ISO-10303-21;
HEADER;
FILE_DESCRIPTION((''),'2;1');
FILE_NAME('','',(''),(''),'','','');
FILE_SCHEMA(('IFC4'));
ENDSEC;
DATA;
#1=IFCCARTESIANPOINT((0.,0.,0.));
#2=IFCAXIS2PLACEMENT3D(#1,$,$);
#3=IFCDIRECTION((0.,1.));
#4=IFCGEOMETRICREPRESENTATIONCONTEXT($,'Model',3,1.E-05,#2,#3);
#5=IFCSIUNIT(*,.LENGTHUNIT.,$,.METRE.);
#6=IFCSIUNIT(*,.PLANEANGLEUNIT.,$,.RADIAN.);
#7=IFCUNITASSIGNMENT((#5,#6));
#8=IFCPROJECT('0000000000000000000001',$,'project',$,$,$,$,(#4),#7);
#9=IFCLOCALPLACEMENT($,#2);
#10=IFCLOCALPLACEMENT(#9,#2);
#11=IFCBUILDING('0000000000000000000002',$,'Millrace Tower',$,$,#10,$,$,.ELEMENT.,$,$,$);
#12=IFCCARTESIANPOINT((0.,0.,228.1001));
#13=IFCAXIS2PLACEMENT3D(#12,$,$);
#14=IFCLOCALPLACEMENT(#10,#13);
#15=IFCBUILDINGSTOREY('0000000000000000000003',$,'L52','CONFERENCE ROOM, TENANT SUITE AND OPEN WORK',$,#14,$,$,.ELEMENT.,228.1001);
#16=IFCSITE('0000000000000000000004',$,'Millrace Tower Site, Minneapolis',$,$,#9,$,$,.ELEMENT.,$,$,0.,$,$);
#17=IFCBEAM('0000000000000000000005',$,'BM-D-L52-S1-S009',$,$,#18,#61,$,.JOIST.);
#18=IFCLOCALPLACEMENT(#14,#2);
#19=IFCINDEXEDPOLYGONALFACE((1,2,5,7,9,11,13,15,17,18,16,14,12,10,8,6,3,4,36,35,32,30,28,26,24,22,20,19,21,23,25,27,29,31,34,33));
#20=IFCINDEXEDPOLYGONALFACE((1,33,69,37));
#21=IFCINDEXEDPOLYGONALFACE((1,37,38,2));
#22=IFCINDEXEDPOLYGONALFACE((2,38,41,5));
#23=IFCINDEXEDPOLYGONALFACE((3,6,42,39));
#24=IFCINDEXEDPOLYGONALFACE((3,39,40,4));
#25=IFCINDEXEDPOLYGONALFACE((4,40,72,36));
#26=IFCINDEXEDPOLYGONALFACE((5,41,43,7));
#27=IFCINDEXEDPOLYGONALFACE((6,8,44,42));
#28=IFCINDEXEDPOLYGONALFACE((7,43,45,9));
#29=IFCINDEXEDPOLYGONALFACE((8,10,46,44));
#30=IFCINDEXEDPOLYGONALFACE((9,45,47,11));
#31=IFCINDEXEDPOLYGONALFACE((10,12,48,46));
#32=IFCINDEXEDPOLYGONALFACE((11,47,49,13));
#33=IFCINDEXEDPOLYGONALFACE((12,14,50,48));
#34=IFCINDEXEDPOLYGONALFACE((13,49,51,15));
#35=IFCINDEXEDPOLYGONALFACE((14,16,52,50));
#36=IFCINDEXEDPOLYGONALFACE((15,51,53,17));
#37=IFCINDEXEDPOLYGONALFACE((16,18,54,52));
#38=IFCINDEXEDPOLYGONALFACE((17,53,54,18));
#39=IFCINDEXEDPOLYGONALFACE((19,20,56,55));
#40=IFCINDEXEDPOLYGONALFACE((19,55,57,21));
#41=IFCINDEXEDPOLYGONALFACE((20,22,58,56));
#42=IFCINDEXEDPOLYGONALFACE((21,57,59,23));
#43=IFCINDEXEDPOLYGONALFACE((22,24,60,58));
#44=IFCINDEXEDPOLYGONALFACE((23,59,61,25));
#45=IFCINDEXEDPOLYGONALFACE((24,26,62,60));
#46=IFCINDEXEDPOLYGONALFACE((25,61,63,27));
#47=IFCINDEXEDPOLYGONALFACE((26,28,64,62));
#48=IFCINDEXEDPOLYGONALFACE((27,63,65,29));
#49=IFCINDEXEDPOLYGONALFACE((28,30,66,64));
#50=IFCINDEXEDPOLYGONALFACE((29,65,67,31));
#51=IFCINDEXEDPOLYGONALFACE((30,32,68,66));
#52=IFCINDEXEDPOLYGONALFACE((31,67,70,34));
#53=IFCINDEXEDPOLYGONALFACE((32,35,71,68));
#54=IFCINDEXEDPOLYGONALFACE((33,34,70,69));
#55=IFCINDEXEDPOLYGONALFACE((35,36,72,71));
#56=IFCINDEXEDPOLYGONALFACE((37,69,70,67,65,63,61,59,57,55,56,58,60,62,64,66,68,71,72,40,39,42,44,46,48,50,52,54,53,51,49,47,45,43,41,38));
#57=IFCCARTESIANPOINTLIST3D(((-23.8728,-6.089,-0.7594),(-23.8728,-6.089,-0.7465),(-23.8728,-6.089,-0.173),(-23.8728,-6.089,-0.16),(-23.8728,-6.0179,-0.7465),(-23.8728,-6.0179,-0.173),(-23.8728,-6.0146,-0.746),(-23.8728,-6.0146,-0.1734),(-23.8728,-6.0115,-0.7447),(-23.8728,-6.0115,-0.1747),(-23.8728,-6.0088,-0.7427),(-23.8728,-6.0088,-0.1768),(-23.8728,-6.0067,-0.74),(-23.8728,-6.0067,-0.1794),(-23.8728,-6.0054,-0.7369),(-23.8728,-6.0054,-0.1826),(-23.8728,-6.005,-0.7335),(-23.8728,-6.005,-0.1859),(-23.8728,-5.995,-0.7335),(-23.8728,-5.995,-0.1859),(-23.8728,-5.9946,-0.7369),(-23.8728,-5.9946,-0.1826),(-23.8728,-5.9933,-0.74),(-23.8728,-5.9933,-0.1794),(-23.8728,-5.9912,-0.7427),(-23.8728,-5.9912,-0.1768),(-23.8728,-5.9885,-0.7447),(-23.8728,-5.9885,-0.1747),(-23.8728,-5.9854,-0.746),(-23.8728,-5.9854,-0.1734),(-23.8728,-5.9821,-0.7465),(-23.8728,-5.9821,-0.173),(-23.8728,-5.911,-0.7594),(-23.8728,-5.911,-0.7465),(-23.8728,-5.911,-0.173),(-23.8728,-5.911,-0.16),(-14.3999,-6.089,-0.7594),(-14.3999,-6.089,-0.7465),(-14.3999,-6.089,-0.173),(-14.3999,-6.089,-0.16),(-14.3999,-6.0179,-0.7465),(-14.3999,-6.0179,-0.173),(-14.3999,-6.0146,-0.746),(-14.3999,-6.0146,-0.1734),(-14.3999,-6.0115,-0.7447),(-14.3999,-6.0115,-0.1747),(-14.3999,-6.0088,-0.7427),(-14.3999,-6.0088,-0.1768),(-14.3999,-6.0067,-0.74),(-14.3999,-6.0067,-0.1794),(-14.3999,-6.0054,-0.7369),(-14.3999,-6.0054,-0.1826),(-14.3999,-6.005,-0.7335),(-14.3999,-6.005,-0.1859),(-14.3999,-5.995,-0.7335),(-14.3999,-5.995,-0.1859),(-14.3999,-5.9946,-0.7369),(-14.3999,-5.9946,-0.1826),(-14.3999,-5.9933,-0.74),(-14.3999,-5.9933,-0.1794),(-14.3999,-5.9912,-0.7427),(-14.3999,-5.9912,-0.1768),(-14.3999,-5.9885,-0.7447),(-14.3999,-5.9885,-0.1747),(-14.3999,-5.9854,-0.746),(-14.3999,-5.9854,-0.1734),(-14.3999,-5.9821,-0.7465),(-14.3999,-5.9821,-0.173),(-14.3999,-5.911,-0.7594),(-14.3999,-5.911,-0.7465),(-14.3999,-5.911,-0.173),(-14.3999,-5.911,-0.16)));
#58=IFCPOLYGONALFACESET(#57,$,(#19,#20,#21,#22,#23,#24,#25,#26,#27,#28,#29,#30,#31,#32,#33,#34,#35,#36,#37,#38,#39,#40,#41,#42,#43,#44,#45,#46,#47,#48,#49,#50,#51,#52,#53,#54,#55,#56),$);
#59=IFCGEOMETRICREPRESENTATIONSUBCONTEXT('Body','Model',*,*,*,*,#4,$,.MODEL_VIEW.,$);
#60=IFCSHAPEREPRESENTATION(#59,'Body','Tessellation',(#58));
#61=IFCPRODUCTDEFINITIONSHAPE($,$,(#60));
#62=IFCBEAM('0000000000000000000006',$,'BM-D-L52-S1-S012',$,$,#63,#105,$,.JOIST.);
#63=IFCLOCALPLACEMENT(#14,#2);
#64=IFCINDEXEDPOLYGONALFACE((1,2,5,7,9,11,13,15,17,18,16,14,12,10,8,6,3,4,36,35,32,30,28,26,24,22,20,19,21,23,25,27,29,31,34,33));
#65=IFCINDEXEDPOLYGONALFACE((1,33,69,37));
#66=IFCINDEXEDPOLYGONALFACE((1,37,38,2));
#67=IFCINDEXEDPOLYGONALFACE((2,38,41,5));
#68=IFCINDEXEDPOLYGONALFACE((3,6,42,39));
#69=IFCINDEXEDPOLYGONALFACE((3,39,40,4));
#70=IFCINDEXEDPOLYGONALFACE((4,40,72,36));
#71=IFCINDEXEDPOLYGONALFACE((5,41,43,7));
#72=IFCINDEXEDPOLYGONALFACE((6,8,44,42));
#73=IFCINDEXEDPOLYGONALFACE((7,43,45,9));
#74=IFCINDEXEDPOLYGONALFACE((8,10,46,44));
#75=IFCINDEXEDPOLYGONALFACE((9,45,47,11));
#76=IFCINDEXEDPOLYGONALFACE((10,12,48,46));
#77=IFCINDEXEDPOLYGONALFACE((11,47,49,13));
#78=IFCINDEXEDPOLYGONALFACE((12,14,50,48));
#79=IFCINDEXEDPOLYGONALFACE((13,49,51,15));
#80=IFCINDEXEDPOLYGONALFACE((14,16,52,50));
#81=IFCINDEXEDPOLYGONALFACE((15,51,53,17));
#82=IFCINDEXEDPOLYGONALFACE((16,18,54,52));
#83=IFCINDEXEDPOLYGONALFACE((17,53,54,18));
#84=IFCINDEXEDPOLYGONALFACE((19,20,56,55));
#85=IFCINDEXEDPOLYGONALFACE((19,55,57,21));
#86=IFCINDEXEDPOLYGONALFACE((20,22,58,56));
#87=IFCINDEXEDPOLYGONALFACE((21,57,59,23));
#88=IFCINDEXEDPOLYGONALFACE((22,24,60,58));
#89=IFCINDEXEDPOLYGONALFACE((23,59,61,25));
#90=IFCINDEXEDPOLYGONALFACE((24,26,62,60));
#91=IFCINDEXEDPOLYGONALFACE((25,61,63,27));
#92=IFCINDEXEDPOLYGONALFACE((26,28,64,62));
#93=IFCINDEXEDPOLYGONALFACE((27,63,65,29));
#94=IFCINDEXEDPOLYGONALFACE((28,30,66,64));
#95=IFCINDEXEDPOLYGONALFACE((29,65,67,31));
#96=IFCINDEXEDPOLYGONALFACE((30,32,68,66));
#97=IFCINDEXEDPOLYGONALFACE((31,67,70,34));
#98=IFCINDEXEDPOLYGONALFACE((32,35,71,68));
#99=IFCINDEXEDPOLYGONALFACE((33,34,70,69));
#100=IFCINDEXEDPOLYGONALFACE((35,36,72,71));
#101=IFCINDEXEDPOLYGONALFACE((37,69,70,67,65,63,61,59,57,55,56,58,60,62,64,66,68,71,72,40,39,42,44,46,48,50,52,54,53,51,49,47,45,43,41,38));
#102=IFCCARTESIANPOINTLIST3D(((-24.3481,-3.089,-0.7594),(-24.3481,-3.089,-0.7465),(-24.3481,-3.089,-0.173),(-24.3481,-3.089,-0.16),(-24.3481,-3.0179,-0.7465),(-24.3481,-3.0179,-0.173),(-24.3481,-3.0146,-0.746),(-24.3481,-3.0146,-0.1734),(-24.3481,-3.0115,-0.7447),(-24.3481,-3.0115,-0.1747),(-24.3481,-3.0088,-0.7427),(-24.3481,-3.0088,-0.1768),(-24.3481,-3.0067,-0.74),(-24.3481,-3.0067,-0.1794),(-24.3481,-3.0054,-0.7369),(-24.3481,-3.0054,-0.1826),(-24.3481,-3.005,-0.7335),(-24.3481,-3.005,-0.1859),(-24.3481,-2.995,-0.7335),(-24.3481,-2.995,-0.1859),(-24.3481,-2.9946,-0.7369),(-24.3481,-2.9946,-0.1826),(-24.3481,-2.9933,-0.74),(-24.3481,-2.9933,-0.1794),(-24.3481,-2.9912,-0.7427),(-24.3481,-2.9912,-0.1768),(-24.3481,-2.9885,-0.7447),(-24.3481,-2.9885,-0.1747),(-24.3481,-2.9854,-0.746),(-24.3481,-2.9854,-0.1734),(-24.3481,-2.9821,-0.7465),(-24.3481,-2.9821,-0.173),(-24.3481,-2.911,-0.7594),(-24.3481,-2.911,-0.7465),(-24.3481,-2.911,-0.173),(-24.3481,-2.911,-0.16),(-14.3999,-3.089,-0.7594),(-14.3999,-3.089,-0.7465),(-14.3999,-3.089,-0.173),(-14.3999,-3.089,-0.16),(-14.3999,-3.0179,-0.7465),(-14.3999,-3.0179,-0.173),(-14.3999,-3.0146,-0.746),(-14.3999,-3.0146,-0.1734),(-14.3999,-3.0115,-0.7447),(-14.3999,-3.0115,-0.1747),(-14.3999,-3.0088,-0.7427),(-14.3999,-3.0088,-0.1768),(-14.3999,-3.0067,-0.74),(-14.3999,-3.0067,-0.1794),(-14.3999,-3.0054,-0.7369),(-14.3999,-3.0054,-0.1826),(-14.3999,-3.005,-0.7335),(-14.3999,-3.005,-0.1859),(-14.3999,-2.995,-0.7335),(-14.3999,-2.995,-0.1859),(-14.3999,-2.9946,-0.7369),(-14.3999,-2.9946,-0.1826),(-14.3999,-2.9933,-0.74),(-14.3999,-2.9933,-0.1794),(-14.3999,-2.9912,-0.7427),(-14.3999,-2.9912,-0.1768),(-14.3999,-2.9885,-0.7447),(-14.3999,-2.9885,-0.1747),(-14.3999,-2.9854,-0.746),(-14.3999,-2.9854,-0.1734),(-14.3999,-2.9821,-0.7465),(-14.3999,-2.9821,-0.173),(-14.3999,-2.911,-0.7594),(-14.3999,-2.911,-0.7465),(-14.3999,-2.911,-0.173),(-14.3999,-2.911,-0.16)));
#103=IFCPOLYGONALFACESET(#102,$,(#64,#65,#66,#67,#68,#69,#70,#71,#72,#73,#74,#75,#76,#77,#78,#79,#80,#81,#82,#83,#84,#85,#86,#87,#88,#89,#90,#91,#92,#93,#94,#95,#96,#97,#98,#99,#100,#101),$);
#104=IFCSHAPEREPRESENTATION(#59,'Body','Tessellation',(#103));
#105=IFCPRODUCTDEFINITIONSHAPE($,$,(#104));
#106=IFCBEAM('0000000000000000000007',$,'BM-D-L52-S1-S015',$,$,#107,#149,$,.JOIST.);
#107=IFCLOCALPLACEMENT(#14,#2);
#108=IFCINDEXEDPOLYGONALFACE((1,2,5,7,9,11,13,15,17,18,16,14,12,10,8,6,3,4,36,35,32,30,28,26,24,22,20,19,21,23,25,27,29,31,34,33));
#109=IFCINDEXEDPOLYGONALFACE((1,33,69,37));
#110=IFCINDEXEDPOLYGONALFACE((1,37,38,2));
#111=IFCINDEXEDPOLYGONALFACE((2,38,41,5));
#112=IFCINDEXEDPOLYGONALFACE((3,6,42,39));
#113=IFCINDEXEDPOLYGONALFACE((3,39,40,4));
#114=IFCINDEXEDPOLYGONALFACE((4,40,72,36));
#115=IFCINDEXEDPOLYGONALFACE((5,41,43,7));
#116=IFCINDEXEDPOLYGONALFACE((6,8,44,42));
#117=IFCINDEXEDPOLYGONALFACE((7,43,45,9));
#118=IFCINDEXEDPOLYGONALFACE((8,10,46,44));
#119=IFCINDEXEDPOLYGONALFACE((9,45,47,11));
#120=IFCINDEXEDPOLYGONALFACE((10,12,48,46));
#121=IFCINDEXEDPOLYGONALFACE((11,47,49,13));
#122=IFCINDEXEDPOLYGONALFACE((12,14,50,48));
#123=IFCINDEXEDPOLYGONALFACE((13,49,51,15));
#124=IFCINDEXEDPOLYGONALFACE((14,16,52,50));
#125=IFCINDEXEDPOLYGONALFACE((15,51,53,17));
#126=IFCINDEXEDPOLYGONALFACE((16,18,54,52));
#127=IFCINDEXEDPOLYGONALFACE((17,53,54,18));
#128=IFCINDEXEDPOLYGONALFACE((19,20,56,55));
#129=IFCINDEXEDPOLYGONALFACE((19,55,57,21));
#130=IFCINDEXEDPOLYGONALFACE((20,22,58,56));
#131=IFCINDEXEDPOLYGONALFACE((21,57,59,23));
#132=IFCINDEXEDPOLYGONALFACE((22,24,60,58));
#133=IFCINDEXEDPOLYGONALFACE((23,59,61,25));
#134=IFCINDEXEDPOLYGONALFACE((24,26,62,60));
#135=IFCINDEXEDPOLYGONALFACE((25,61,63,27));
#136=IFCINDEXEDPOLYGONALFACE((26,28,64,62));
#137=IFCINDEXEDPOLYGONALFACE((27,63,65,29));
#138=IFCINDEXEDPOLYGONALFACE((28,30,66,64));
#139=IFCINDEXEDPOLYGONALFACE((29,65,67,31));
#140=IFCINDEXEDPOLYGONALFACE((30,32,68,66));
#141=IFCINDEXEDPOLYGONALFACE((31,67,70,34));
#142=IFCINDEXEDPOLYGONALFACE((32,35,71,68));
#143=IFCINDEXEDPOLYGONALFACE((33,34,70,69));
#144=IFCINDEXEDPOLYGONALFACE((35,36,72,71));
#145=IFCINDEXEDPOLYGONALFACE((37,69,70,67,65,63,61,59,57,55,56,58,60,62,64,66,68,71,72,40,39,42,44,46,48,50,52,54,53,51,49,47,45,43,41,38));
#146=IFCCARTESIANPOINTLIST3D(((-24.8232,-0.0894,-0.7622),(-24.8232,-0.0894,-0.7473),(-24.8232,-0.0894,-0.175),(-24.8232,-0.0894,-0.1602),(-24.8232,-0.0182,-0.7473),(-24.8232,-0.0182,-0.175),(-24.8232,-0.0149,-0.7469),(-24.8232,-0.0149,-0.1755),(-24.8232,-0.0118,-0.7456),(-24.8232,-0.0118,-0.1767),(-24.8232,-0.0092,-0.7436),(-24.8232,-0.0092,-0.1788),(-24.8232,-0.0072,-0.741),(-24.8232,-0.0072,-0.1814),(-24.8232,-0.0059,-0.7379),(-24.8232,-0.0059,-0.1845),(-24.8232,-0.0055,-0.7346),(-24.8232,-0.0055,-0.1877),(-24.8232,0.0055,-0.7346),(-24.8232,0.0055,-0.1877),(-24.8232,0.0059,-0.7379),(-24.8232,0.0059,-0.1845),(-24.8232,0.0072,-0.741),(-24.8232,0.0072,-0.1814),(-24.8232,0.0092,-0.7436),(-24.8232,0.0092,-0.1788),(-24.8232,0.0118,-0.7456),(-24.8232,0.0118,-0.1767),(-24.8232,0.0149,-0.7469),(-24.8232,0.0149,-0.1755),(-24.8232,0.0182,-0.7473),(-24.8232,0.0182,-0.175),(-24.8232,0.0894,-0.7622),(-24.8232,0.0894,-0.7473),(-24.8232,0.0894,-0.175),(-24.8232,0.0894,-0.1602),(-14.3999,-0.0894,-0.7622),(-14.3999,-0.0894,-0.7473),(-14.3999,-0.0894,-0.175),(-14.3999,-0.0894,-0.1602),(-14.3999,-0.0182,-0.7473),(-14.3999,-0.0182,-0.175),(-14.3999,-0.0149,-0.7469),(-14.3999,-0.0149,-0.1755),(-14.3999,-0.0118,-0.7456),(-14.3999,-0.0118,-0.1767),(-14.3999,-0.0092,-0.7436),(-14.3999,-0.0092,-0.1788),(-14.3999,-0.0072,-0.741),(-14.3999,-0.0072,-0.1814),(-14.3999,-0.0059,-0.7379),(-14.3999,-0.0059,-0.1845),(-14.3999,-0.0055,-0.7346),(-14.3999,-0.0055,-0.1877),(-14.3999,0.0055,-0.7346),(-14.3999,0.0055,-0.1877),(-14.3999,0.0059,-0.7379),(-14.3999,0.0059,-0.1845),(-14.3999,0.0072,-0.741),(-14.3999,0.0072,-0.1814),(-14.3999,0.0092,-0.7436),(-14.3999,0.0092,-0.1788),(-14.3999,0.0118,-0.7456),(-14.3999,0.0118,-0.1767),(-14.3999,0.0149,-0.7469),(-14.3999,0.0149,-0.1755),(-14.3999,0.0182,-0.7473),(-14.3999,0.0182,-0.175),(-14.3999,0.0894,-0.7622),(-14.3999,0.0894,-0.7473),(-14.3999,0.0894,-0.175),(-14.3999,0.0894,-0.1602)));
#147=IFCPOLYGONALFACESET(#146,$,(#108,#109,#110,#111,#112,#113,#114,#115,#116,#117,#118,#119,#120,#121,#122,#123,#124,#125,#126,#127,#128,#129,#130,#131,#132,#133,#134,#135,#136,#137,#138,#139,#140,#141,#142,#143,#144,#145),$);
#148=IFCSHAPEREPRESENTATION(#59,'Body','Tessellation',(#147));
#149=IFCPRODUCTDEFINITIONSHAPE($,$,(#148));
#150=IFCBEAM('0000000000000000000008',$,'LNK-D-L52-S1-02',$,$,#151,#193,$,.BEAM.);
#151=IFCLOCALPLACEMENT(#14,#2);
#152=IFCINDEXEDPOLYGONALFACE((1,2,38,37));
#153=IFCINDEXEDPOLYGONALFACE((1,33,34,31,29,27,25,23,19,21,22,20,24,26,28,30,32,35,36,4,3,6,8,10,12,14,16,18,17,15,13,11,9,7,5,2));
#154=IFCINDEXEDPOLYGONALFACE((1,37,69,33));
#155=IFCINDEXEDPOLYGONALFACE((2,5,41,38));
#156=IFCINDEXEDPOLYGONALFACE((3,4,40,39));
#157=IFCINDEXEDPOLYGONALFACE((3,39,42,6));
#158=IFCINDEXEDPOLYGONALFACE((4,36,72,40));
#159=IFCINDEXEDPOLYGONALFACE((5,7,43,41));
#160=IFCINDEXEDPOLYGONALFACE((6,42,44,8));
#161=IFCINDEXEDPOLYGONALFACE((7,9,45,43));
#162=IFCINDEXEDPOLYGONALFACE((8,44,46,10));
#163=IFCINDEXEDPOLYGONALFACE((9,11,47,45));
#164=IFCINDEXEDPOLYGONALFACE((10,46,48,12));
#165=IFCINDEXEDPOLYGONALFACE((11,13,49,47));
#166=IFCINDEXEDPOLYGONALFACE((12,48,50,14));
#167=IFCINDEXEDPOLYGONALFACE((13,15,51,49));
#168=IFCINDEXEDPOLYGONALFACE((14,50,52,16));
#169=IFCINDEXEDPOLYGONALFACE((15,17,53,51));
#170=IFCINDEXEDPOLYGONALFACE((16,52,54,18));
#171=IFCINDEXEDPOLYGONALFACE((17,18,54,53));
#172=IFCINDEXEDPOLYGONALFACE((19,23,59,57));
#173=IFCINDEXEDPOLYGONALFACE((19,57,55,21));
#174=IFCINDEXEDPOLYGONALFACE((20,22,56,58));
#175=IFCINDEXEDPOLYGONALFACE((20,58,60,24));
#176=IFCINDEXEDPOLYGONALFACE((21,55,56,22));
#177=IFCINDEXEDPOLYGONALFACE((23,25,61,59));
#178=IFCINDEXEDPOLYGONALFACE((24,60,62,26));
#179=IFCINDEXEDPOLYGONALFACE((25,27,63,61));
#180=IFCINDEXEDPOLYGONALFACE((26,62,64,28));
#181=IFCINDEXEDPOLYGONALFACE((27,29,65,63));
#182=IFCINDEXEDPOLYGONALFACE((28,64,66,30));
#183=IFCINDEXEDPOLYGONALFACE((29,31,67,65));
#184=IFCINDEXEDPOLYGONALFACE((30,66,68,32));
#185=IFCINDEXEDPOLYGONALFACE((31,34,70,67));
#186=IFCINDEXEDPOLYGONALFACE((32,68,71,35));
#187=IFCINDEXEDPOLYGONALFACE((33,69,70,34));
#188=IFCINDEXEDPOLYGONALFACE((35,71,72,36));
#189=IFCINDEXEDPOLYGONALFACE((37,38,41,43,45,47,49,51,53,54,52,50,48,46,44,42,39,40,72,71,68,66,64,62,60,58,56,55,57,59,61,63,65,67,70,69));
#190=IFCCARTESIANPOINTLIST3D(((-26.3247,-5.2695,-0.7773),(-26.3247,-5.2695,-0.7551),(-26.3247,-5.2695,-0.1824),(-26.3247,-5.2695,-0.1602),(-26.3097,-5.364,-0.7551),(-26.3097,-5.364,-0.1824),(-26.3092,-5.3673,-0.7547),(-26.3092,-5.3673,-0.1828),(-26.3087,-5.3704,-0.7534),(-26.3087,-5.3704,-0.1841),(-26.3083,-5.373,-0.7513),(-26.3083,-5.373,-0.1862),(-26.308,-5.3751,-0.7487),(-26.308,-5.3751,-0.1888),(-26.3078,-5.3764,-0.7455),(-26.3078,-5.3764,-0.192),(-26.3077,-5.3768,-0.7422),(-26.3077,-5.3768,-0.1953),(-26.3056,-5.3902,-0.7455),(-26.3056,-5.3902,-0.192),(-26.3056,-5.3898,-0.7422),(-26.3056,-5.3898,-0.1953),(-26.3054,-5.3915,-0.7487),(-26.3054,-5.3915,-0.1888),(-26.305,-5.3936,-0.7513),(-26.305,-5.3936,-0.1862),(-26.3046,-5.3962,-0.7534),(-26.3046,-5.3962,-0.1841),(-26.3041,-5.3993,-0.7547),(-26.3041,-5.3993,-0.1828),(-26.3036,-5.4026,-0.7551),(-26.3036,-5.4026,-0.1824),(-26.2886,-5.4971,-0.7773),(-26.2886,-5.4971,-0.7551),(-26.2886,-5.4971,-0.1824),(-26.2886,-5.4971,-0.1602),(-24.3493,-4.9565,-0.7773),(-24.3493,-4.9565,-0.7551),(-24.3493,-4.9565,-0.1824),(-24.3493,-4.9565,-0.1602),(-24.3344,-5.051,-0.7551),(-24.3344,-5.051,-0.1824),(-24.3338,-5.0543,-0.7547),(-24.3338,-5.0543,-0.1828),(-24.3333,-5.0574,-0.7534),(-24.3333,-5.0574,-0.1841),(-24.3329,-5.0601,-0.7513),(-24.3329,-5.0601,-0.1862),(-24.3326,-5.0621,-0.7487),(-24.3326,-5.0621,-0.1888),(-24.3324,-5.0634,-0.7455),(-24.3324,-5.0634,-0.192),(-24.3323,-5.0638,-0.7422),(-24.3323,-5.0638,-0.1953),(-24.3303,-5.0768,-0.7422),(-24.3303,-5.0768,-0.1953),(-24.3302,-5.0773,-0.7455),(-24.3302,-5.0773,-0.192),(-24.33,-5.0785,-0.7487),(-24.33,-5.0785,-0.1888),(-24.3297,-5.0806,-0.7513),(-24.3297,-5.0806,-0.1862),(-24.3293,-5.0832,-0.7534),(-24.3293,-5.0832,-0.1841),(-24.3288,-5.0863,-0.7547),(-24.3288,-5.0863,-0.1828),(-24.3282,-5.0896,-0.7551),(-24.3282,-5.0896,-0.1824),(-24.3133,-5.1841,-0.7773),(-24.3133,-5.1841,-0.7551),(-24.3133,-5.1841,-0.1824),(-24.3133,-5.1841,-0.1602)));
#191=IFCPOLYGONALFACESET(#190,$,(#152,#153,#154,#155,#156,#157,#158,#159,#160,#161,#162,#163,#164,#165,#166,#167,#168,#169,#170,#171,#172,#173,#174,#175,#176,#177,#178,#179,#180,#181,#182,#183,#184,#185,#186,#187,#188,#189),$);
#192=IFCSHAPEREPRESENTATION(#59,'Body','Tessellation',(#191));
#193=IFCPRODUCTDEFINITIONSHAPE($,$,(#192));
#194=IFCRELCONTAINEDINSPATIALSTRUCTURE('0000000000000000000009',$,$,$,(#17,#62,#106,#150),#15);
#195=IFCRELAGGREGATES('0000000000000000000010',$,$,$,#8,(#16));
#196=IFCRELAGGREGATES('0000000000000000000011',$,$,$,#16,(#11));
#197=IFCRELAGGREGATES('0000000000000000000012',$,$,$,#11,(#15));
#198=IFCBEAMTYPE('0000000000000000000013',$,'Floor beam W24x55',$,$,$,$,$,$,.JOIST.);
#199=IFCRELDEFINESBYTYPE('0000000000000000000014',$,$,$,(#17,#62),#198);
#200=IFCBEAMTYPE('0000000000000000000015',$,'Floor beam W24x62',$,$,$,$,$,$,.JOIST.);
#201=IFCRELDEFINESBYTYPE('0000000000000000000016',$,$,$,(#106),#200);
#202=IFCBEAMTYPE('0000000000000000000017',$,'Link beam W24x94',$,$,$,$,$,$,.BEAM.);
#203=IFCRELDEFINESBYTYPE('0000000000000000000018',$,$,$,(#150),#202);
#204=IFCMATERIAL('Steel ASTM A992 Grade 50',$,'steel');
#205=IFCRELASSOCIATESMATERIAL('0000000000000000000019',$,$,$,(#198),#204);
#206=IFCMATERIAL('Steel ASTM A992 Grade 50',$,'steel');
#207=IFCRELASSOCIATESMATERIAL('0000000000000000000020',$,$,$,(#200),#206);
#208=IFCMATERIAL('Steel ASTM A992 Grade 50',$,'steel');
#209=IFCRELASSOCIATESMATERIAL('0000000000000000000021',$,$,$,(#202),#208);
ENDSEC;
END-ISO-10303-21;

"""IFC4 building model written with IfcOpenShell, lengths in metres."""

from ifc_helpers import new_model, si_unit, direction, frame, origin, origin_2d, place, context, subcontext, project, spatial, i_section, extrude, material, material_profile, profile_set, type_object, element, save


model = new_model("IFC4")

# Units and contexts
model_context = context("Model", 3, precision=1e-05, world=origin(), true_north=direction((0.0, 1.0)))
body_context = subcontext(model_context, "Body", "Model", "MODEL_VIEW")
ifc_project = project(units=[si_unit("LENGTHUNIT", "METRE"), si_unit("PLANEANGLEUNIT", "RADIAN")], contexts=[model_context])

# Site, building, storey
site_placement = place(None, origin())
site = spatial("IfcSite", under=ifc_project, at=site_placement, Name="Millrace Tower Site, Minneapolis", CompositionType="ELEMENT", RefElevation=0.0)
building_placement = place(site_placement, origin())
building = spatial("IfcBuilding", under=site, at=building_placement, Name="Millrace Tower", CompositionType="ELEMENT")
storey_placement = place(building_placement, frame((0.0, 0.0, 228.1001)))
storey = spatial("IfcBuildingStorey", under=building, at=storey_placement, Name="L52", Description="CONFERENCE ROOM, TENANT SUITE AND OPEN WORK", CompositionType="ELEMENT", Elevation=228.1001)

# Beams
ifc_material_1 = material(Name="Steel ASTM A992 Grade 50", Category="steel")
ifc_material_profile_1 = material_profile(ifc_material_1, i_section(OverallWidth=0.178, OverallDepth=0.5994, WebThickness=0.01, FlangeThickness=0.0129, FilletRadius=0.0129, at=origin_2d()))
ifc_profile_set_1 = profile_set([ifc_material_profile_1], Name="Steel ASTM A992 Grade 50")
beam_type_1 = type_object("IfcBeamType", Name="Floor beam W24x55", PredefinedType="JOIST", material=ifc_profile_set_1)
beam_1_placement = place(storey_placement, frame((-23.8728, -6.0, -0.4597), z_axis=(1.0, 0.0, 0.0), x_axis=(0.0, 1.0, 0.0)))
element("IfcBeam", 1, at=beam_1_placement, inside=storey, type_object=beam_type_1, Name="BM-D-L52-S1-S009", PredefinedType="JOIST", context=body_context, shape_type="SweptSolid", body=[
    extrude(i_section(OverallWidth=0.178, OverallDepth=0.5994, WebThickness=0.01, FlangeThickness=0.0129, FilletRadius=0.0129, at=origin_2d()), origin(), (0.0, 0.0, 1.0), 9.4729),
])
beam_2_placement = place(storey_placement, frame((-24.3481, -3.0, -0.4597), z_axis=(1.0, 0.0, 0.0), x_axis=(0.0, 1.0, 0.0)))
element("IfcBeam", 2, at=beam_2_placement, inside=storey, type_object=beam_type_1, Name="BM-D-L52-S1-S012", PredefinedType="JOIST", context=body_context, shape_type="SweptSolid", body=[
    extrude(i_section(OverallWidth=0.178, OverallDepth=0.5994, WebThickness=0.01, FlangeThickness=0.0129, FilletRadius=0.0129, at=origin_2d()), origin(), (0.0, 0.0, 1.0), 9.9482),
])
ifc_material_2 = material(Name="Steel ASTM A992 Grade 50", Category="steel")
ifc_material_profile_2 = material_profile(ifc_material_2, i_section(OverallWidth=0.1787, OverallDepth=0.6021, WebThickness=0.011, FlangeThickness=0.0149, FilletRadius=0.0127, at=origin_2d()))
ifc_profile_set_2 = profile_set([ifc_material_profile_2], Name="Steel ASTM A992 Grade 50")
beam_type_2 = type_object("IfcBeamType", Name="Floor beam W24x62", PredefinedType="JOIST", material=ifc_profile_set_2)
beam_3_placement = place(storey_placement, frame((-24.8232, 0.0, -0.4612), z_axis=(1.0, 0.0, 0.0), x_axis=(0.0, 1.0, 0.0)))
element("IfcBeam", 3, at=beam_3_placement, inside=storey, type_object=beam_type_2, Name="BM-D-L52-S1-S015", PredefinedType="JOIST", context=body_context, shape_type="SweptSolid", body=[
    extrude(i_section(OverallWidth=0.1787, OverallDepth=0.6021, WebThickness=0.011, FlangeThickness=0.0149, FilletRadius=0.0127, at=origin_2d()), origin(), (0.0, 0.0, 1.0), 10.4233),
])
ifc_material_3 = material(Name="Steel ASTM A992 Grade 50", Category="steel")
ifc_material_profile_3 = material_profile(ifc_material_3, i_section(OverallWidth=0.2305, OverallDepth=0.6172, WebThickness=0.0132, FlangeThickness=0.0222, FilletRadius=0.0129, at=origin_2d()))
ifc_profile_set_3 = profile_set([ifc_material_profile_3], Name="Steel ASTM A992 Grade 50")
beam_type_3 = type_object("IfcBeamType", Name="Link beam W24x94", PredefinedType="BEAM", material=ifc_profile_set_3)
beam_4_placement = place(storey_placement, frame((-24.3313, -5.0703, -0.4688), z_axis=(-0.987679, -0.156495, 0.0), x_axis=(0.156495, -0.987679, 0.0)))
element("IfcBeam", 4, at=beam_4_placement, inside=storey, type_object=beam_type_3, Name="LNK-D-L52-S1-02", PredefinedType="BEAM", context=body_context, shape_type="SweptSolid", body=[
    extrude(i_section(OverallWidth=0.2305, OverallDepth=0.6172, WebThickness=0.0132, FlangeThickness=0.0222, FilletRadius=0.0129, at=origin_2d()), origin(), (0.0, 0.0, 1.0), 2.0),
])

save(model, "model.ifc")
